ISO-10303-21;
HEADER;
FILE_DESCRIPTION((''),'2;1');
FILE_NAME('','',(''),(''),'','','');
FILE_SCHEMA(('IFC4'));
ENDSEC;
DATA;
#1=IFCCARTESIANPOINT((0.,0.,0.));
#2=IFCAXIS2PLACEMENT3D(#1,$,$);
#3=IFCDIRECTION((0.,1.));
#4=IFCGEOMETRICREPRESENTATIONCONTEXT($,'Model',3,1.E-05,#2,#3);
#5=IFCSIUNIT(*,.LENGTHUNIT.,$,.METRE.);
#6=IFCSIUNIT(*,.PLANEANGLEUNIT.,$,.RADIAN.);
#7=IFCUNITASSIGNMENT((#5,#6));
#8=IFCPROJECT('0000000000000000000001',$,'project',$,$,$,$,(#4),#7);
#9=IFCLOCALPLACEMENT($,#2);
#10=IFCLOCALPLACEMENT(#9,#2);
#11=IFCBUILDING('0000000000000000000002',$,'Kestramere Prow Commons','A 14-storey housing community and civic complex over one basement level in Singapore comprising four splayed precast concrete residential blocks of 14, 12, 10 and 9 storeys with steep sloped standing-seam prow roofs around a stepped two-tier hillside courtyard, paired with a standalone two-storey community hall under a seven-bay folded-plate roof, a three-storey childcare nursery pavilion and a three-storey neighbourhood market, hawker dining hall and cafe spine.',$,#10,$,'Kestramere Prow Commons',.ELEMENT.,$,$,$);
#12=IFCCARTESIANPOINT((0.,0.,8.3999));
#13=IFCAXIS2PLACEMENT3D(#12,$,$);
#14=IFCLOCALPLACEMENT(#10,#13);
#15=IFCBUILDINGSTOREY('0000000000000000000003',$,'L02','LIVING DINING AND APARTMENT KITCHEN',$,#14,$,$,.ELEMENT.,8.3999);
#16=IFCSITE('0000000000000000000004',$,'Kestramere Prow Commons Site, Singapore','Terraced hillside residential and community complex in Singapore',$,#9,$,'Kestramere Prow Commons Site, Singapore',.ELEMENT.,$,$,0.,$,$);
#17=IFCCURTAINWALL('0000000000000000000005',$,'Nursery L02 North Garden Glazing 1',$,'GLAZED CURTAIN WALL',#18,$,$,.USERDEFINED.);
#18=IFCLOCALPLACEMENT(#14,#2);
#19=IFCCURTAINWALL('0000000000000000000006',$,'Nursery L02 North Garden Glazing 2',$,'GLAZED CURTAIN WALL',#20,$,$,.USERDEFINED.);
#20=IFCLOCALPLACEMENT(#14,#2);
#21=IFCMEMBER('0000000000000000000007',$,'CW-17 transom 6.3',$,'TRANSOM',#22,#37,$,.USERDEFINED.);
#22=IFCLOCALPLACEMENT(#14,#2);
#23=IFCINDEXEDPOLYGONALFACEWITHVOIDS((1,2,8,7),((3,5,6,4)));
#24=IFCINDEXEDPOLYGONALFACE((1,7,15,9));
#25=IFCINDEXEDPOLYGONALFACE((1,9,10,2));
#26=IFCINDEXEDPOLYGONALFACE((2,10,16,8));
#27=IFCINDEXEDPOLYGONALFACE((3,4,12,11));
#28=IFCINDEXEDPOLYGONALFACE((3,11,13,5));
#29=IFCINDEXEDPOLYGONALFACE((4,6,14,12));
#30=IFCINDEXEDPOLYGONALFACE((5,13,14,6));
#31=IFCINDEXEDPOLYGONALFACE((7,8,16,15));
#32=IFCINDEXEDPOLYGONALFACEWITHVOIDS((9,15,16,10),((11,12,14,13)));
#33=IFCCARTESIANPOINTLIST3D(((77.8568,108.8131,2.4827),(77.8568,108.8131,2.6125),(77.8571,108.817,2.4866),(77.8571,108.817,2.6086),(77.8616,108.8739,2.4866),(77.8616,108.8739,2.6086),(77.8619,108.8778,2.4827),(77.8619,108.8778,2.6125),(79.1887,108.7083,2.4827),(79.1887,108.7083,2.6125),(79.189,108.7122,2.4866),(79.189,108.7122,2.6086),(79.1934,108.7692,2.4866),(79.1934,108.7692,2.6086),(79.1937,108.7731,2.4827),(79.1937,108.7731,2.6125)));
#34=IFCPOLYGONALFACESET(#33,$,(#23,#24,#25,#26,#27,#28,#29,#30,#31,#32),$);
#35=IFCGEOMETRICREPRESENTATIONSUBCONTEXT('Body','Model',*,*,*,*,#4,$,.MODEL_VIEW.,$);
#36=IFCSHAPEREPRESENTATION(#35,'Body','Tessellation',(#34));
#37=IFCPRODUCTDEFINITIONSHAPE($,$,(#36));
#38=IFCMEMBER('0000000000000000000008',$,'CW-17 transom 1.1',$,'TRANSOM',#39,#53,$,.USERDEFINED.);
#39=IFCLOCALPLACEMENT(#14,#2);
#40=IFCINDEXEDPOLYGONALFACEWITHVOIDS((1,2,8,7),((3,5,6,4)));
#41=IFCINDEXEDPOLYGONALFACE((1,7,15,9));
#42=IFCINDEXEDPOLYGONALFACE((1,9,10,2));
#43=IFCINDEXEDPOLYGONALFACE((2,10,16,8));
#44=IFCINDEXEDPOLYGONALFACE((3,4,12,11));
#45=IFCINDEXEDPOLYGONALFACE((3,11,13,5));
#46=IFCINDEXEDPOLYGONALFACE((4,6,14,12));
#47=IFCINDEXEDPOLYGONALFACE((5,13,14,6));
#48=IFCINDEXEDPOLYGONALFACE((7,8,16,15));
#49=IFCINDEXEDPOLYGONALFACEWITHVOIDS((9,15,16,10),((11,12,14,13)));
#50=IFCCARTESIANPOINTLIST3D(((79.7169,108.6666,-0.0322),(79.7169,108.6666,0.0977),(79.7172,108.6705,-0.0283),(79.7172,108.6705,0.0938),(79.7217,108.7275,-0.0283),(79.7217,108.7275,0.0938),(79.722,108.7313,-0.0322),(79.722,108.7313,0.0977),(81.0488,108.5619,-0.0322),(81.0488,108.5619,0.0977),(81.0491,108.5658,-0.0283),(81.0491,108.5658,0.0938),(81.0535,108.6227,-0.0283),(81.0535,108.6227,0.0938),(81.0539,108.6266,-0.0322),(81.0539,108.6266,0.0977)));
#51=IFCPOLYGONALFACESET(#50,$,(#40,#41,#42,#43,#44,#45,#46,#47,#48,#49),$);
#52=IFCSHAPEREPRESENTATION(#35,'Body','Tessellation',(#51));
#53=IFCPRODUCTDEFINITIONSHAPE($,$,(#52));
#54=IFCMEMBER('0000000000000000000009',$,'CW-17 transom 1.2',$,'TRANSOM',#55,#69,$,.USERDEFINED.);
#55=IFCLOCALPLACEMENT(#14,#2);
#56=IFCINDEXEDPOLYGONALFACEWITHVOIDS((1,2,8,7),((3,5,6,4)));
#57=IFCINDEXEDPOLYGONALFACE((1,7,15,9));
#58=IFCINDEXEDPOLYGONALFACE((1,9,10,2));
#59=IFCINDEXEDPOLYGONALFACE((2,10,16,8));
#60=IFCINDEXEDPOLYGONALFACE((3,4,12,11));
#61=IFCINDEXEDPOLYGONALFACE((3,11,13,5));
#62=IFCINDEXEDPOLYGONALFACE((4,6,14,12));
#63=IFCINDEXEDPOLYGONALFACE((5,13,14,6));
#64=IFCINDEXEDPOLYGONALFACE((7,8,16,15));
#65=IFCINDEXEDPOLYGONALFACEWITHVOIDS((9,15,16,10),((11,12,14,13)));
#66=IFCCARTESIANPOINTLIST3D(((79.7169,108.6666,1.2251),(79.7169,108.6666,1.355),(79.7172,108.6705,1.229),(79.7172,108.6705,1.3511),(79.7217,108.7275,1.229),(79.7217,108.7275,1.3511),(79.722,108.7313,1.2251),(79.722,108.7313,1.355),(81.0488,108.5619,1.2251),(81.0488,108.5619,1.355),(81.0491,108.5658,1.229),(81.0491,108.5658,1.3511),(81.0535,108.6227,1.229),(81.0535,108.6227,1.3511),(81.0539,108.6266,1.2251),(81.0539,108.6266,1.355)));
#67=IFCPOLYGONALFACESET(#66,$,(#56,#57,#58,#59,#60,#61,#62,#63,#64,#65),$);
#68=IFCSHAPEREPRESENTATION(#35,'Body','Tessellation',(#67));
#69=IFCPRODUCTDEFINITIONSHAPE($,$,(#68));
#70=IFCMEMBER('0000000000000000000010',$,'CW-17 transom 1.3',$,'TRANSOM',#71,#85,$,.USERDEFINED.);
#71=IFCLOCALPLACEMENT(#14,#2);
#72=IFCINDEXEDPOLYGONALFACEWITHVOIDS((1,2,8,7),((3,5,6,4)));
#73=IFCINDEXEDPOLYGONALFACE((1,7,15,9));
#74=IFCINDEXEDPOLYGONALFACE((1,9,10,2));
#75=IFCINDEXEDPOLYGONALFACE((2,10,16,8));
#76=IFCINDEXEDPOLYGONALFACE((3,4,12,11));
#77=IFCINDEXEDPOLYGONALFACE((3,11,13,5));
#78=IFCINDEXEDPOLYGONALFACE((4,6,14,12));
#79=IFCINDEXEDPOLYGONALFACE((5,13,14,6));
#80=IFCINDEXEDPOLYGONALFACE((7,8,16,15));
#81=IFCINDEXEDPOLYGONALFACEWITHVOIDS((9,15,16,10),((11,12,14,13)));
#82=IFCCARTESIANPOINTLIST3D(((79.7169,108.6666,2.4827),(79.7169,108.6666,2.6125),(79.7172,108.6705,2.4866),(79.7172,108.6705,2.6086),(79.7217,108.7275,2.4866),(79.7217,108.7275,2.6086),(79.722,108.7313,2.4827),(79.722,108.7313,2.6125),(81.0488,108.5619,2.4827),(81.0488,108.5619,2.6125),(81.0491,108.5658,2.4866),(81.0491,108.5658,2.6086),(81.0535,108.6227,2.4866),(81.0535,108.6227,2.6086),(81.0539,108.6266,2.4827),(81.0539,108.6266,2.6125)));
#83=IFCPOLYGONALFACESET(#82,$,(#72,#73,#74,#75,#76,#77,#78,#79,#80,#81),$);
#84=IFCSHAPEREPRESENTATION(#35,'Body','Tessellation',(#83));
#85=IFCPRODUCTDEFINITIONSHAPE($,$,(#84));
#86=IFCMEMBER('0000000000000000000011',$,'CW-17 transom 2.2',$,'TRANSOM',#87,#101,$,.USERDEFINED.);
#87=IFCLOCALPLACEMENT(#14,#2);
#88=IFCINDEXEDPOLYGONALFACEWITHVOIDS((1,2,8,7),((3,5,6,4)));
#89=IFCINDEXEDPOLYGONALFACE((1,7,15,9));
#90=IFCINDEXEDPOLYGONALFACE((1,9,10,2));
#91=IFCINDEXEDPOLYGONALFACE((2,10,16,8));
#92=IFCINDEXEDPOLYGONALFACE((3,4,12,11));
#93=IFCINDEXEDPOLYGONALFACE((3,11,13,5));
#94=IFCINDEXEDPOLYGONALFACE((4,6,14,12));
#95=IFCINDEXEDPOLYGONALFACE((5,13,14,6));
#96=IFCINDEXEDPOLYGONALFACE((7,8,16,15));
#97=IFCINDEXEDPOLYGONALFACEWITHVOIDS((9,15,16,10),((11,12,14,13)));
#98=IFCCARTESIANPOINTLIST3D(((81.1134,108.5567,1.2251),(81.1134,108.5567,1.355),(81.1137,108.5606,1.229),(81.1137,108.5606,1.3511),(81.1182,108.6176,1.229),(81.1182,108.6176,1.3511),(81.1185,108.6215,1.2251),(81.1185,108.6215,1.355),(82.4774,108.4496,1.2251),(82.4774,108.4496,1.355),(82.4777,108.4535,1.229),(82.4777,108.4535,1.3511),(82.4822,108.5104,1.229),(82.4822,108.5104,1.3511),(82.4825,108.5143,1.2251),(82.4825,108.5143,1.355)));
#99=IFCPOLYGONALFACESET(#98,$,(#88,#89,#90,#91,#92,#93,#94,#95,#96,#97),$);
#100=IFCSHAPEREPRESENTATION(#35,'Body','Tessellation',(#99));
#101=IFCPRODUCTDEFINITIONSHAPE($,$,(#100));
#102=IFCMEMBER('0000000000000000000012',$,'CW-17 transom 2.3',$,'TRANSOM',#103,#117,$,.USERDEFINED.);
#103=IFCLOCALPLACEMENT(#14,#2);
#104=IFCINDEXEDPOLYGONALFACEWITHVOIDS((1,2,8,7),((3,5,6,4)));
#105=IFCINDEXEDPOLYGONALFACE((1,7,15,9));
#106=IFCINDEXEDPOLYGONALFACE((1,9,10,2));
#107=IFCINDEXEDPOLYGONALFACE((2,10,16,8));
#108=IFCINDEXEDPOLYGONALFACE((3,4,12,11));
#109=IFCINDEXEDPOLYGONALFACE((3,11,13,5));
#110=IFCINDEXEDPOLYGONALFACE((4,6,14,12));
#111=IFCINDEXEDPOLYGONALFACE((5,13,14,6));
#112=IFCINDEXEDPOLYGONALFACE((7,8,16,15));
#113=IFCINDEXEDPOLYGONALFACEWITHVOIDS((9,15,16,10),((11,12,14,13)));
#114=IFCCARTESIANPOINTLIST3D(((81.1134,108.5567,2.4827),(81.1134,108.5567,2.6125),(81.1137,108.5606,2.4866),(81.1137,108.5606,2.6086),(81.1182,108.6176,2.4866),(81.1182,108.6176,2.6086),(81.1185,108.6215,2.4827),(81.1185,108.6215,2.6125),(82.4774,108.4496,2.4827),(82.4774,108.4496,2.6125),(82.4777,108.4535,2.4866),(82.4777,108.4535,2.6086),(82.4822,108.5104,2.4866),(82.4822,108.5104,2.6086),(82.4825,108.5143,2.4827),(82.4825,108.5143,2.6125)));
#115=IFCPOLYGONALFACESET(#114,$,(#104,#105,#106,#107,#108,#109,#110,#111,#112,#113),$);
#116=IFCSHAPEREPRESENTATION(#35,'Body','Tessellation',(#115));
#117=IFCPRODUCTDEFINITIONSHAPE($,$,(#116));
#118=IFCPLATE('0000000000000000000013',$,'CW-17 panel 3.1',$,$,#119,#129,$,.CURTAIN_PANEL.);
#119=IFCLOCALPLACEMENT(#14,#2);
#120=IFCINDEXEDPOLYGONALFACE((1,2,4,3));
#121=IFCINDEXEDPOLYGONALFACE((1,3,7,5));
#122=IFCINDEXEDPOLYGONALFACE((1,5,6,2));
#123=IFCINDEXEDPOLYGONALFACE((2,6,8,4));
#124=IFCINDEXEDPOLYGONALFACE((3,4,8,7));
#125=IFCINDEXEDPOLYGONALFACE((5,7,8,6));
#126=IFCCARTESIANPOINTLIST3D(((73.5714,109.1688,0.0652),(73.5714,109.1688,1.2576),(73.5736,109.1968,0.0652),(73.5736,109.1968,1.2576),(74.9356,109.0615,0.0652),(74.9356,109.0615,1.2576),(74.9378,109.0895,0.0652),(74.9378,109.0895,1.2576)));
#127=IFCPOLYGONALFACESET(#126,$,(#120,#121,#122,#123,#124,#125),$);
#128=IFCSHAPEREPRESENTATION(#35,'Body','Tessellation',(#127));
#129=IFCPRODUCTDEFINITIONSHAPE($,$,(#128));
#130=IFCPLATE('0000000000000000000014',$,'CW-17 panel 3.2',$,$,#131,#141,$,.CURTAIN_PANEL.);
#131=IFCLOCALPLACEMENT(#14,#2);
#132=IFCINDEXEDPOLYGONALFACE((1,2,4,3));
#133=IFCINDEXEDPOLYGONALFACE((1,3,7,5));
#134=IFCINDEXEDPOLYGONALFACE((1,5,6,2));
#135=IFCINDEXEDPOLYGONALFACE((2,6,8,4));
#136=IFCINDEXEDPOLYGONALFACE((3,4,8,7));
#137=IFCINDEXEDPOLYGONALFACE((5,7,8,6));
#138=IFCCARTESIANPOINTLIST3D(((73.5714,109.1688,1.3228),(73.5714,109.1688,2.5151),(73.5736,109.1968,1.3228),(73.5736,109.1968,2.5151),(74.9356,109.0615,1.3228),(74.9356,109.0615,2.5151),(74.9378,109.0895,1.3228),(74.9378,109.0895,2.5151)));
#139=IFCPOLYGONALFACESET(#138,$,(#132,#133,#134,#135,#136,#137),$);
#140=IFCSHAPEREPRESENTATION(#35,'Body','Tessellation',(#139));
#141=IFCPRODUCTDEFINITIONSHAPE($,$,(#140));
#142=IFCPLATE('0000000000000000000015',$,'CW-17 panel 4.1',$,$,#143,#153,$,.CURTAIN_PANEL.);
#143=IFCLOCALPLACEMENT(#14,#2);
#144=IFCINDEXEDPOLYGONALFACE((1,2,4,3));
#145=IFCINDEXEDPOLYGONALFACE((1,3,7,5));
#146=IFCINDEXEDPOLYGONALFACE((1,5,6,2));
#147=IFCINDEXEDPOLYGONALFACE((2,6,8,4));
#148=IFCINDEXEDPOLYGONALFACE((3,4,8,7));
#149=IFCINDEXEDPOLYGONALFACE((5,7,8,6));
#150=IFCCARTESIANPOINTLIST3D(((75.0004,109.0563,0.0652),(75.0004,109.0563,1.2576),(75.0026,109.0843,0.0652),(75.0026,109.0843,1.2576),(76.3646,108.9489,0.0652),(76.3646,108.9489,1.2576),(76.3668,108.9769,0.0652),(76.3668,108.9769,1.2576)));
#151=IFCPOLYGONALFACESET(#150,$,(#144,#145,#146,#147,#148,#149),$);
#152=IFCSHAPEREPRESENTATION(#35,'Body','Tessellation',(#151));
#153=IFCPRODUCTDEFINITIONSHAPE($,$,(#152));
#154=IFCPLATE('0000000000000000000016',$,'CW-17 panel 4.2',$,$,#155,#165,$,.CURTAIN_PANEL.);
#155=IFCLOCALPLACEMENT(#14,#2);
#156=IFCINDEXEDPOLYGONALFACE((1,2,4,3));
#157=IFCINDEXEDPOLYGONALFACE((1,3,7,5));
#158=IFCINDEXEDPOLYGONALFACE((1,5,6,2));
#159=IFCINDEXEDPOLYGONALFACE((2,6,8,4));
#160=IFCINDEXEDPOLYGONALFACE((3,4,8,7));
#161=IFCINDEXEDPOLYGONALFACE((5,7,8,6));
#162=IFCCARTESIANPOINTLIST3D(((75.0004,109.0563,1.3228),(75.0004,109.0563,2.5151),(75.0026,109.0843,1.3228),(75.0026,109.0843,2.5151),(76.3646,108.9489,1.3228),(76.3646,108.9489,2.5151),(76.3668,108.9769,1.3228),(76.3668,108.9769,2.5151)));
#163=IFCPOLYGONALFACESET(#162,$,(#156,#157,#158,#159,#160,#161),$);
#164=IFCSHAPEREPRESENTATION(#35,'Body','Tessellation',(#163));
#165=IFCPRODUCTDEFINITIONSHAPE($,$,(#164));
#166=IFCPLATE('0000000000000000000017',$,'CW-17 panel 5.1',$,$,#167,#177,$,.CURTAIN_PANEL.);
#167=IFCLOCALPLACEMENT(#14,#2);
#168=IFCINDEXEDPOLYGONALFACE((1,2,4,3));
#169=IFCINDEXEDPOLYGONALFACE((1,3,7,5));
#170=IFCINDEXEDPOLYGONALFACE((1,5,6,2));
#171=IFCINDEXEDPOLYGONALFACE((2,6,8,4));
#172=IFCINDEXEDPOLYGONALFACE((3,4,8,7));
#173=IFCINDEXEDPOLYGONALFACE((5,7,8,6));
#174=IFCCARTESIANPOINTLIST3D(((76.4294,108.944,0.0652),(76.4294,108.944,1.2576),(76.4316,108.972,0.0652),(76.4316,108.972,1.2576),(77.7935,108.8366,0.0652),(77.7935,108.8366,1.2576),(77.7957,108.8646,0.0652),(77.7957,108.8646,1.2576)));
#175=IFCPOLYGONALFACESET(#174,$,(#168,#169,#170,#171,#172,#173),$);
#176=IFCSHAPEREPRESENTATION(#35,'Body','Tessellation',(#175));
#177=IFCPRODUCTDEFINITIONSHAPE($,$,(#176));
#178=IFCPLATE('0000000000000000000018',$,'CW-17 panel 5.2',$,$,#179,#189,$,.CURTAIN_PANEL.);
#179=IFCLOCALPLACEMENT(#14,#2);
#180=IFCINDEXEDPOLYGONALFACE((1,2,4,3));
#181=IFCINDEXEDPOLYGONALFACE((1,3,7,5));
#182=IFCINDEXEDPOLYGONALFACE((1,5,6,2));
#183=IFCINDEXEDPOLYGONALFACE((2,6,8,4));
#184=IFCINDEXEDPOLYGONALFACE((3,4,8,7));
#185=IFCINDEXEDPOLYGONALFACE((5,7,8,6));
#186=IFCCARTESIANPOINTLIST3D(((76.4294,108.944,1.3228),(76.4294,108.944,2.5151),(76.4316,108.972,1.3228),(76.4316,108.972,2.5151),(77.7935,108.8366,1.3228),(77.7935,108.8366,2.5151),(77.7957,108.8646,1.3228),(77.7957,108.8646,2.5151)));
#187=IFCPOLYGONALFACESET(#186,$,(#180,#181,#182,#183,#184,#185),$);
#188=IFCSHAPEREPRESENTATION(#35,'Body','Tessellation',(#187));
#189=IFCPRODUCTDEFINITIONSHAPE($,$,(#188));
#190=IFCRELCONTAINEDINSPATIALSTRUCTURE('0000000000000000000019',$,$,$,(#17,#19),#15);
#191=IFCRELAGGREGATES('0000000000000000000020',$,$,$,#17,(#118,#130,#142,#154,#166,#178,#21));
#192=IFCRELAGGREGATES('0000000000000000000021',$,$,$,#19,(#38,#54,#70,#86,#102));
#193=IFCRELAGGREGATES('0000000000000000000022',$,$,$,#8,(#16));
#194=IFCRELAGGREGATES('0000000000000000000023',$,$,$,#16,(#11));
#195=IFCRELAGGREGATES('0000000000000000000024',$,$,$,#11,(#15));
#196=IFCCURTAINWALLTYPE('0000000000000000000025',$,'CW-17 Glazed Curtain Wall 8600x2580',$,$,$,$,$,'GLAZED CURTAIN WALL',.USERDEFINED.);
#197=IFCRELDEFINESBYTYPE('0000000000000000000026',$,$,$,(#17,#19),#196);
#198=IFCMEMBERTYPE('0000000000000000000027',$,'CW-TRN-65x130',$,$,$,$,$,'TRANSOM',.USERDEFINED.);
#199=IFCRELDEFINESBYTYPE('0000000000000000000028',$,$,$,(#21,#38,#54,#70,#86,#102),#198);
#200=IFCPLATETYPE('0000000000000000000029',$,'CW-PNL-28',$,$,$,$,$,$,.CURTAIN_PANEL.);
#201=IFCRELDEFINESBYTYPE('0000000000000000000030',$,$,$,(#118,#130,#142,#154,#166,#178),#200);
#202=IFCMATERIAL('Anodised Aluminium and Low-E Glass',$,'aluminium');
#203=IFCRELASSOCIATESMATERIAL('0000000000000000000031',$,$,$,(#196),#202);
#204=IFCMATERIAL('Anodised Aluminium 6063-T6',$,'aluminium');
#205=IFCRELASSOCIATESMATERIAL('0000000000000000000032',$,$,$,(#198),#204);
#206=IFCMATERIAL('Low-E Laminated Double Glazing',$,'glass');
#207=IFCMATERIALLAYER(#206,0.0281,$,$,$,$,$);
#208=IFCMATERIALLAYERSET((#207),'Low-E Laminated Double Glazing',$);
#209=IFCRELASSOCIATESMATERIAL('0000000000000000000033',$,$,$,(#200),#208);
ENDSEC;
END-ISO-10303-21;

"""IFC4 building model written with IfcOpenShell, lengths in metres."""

from ifc_helpers import new_model, si_unit, direction, frame, origin, origin_2d, place, context, subcontext, project, spatial, rectangle, hollow_rectangle, extrude, material, layer, layer_set, material_profile, profile_set, type_object, element, aggregate, save


model = new_model("IFC4")

# Units and contexts
model_context = context("Model", 3, precision=1e-05, world=origin(), true_north=direction((0.0, 1.0)))
body_context = subcontext(model_context, "Body", "Model", "MODEL_VIEW")
ifc_project = project(units=[si_unit("LENGTHUNIT", "METRE"), si_unit("PLANEANGLEUNIT", "RADIAN")], contexts=[model_context])

# Site, building, storey
site_placement = place(None, origin())
site = spatial("IfcSite", under=ifc_project, at=site_placement, Name="Kestramere Prow Commons Site, Singapore", Description="Terraced hillside residential and community complex in Singapore", LongName="Kestramere Prow Commons Site, Singapore", CompositionType="ELEMENT", RefElevation=0.0)
building_placement = place(site_placement, origin())
building = spatial("IfcBuilding", under=site, at=building_placement, Name="Kestramere Prow Commons", Description="A 14-storey housing community and civic complex over one basement level in Singapore comprising four splayed precast concrete residential blocks of 14, 12, 10 and 9 storeys with steep sloped standing-seam prow roofs around a stepped two-tier hillside courtyard, paired with a standalone two-storey community hall under a seven-bay folded-plate roof, a three-storey childcare nursery pavilion and a three-storey neighbourhood market, hawker dining hall and cafe spine.", LongName="Kestramere Prow Commons", CompositionType="ELEMENT")
storey_placement = place(building_placement, frame((0.0, 0.0, 8.3999)))
storey = spatial("IfcBuildingStorey", under=building, at=storey_placement, Name="L02", Description="LIVING DINING AND APARTMENT KITCHEN", CompositionType="ELEMENT", Elevation=8.3999)

# Curtain walls
ifc_material_1 = material(Name="Anodised Aluminium and Low-E Glass", Category="aluminium")
curtain_wall_type = type_object("IfcCurtainWallType", Name="CW-17 Glazed Curtain Wall 8600x2580", ElementType="GLAZED CURTAIN WALL", PredefinedType="USERDEFINED", material=ifc_material_1)
curtain_wall_1_placement = place(storey_placement, origin())
curtain_wall_1 = element("IfcCurtainWall", 1, at=curtain_wall_1_placement, inside=storey, type_object=curtain_wall_type, Name="Nursery L02 North Garden Glazing 1", ObjectType="GLAZED CURTAIN WALL", PredefinedType="USERDEFINED")
ifc_material_2 = material(Name="Anodised Aluminium 6063-T6", Category="aluminium")
curtain_wall_2_placement = place(storey_placement, origin())
curtain_wall_2 = element("IfcCurtainWall", 2, at=curtain_wall_2_placement, inside=storey, type_object=curtain_wall_type, Name="Nursery L02 North Garden Glazing 2", ObjectType="GLAZED CURTAIN WALL", PredefinedType="USERDEFINED")

# Members
ifc_material_profile_1 = material_profile(ifc_material_2, hollow_rectangle(XDim=0.0649, YDim=0.1299, WallThickness=0.0039, at=origin_2d()), Name="ALU-TRN 65x130")
ifc_profile_set_1 = profile_set([ifc_material_profile_1], Name="Anodised Aluminium 6063-T6")
member_type_1 = type_object("IfcMemberType", Name="CW-TRN-65x130", ElementType="TRANSOM", PredefinedType="USERDEFINED", material=ifc_profile_set_1)
member_1_placement = place(storey_placement, frame((77.8594, 108.8455, 2.5476), z_axis=(0.996922, -0.078401, 0.0), x_axis=(0.078401, 0.996922, 0.0)))
member_1 = element("IfcMember", 3, at=member_1_placement, type_object=member_type_1, Name="CW-17 transom 6.3", ObjectType="TRANSOM", PredefinedType="USERDEFINED", context=body_context, shape_type="SweptSolid", body=[
    extrude(hollow_rectangle(XDim=0.0649, YDim=0.1299, WallThickness=0.0039, at=origin_2d()), origin(), (0.0, 0.0, 1.0), 1.3359),
])
member_2_placement = place(storey_placement, frame((79.7195, 108.699, 0.0327), z_axis=(0.996922, -0.078401, 0.0), x_axis=(0.078401, 0.996922, 0.0)))
member_2 = element("IfcMember", 4, at=member_2_placement, type_object=member_type_1, Name="CW-17 transom 1.1", ObjectType="TRANSOM", PredefinedType="USERDEFINED", context=body_context, shape_type="SweptSolid", body=[
    extrude(hollow_rectangle(XDim=0.0649, YDim=0.1299, WallThickness=0.0039, at=origin_2d()), origin(), (0.0, 0.0, 1.0), 1.3359),
])
member_3_placement = place(storey_placement, frame((79.7195, 108.699, 1.29), z_axis=(0.996922, -0.078401, 0.0), x_axis=(0.078401, 0.996922, 0.0)))
member_3 = element("IfcMember", 5, at=member_3_placement, type_object=member_type_1, Name="CW-17 transom 1.2", ObjectType="TRANSOM", PredefinedType="USERDEFINED", context=body_context, shape_type="SweptSolid", body=[
    extrude(hollow_rectangle(XDim=0.0649, YDim=0.1299, WallThickness=0.0039, at=origin_2d()), origin(), (0.0, 0.0, 1.0), 1.3359),
])
member_4_placement = place(storey_placement, frame((79.7195, 108.699, 2.5476), z_axis=(0.996922, -0.078401, 0.0), x_axis=(0.078401, 0.996922, 0.0)))
member_4 = element("IfcMember", 6, at=member_4_placement, type_object=member_type_1, Name="CW-17 transom 1.3", ObjectType="TRANSOM", PredefinedType="USERDEFINED", context=body_context, shape_type="SweptSolid", body=[
    extrude(hollow_rectangle(XDim=0.0649, YDim=0.1299, WallThickness=0.0039, at=origin_2d()), origin(), (0.0, 0.0, 1.0), 1.3359),
])
member_5_placement = place(storey_placement, frame((81.116, 108.5891, 1.29), z_axis=(0.996927, -0.078334, 0.0), x_axis=(0.078334, 0.996927, 0.0)))
member_5 = element("IfcMember", 7, at=member_5_placement, type_object=member_type_1, Name="CW-17 transom 2.2", ObjectType="TRANSOM", PredefinedType="USERDEFINED", context=body_context, shape_type="SweptSolid", body=[
    extrude(hollow_rectangle(XDim=0.0649, YDim=0.1299, WallThickness=0.0039, at=origin_2d()), origin(), (0.0, 0.0, 1.0), 1.3682),
])
member_6_placement = place(storey_placement, frame((81.116, 108.5891, 2.5476), z_axis=(0.996927, -0.078334, 0.0), x_axis=(0.078334, 0.996927, 0.0)))
member_6 = element("IfcMember", 8, at=member_6_placement, type_object=member_type_1, Name="CW-17 transom 2.3", ObjectType="TRANSOM", PredefinedType="USERDEFINED", context=body_context, shape_type="SweptSolid", body=[
    extrude(hollow_rectangle(XDim=0.0649, YDim=0.1299, WallThickness=0.0039, at=origin_2d()), origin(), (0.0, 0.0, 1.0), 1.3682),
])

# Plates
ifc_material_3 = material(Name="Low-E Laminated Double Glazing", Category="glass")
ifc_layer = layer(ifc_material_3, 0.0281)
ifc_layer_set = layer_set([ifc_layer], Name="Low-E Laminated Double Glazing")
plate_type = type_object("IfcPlateType", Name="CW-PNL-28", PredefinedType="CURTAIN_PANEL", material=ifc_layer_set)
plate_1_placement = place(storey_placement, frame((74.2546, 109.1292, 0.0652), z_axis=(0.0, 0.0, 1.0), x_axis=(0.996917, -0.078459, 0.0)))
plate_1 = element("IfcPlate", 9, at=plate_1_placement, type_object=plate_type, Name="CW-17 panel 3.1", PredefinedType="CURTAIN_PANEL", context=body_context, shape_type="SweptSolid", body=[
    extrude(rectangle(XDim=1.3684, YDim=0.0281, at=origin_2d()), origin(), (0.0, 0.0, 1.0), 1.1924),
])
plate_2_placement = place(storey_placement, frame((74.2546, 109.1292, 1.3228), z_axis=(0.0, 0.0, 1.0), x_axis=(0.996917, -0.078459, 0.0)))
plate_2 = element("IfcPlate", 10, at=plate_2_placement, type_object=plate_type, Name="CW-17 panel 3.2", PredefinedType="CURTAIN_PANEL", context=body_context, shape_type="SweptSolid", body=[
    extrude(rectangle(XDim=1.3684, YDim=0.0281, at=origin_2d()), origin(), (0.0, 0.0, 1.0), 1.1924),
])
plate_3_placement = place(storey_placement, frame((75.6836, 109.0166, 0.0652), z_axis=(0.0, 0.0, 1.0), x_axis=(0.996917, -0.078459, 0.0)))
plate_3 = element("IfcPlate", 11, at=plate_3_placement, type_object=plate_type, Name="CW-17 panel 4.1", PredefinedType="CURTAIN_PANEL", context=body_context, shape_type="SweptSolid", body=[
    extrude(rectangle(XDim=1.3684, YDim=0.0281, at=origin_2d()), origin(), (0.0, 0.0, 1.0), 1.1924),
])
plate_4_placement = place(storey_placement, frame((75.6836, 109.0166, 1.3228), z_axis=(0.0, 0.0, 1.0), x_axis=(0.996917, -0.078459, 0.0)))
plate_4 = element("IfcPlate", 12, at=plate_4_placement, type_object=plate_type, Name="CW-17 panel 4.2", PredefinedType="CURTAIN_PANEL", context=body_context, shape_type="SweptSolid", body=[
    extrude(rectangle(XDim=1.3684, YDim=0.0281, at=origin_2d()), origin(), (0.0, 0.0, 1.0), 1.1924),
])
plate_5_placement = place(storey_placement, frame((77.1125, 108.9043, 0.0652), z_axis=(0.0, 0.0, 1.0), x_axis=(0.996917, -0.078459, 0.0)))
plate_5 = element("IfcPlate", 13, at=plate_5_placement, type_object=plate_type, Name="CW-17 panel 5.1", PredefinedType="CURTAIN_PANEL", context=body_context, shape_type="SweptSolid", body=[
    extrude(rectangle(XDim=1.3684, YDim=0.0281, at=origin_2d()), origin(), (0.0, 0.0, 1.0), 1.1924),
])
plate_6_placement = place(storey_placement, frame((77.1125, 108.9043, 1.3228), z_axis=(0.0, 0.0, 1.0), x_axis=(0.996917, -0.078459, 0.0)))
plate_6 = element("IfcPlate", 14, at=plate_6_placement, type_object=plate_type, Name="CW-17 panel 5.2", PredefinedType="CURTAIN_PANEL", context=body_context, shape_type="SweptSolid", body=[
    extrude(rectangle(XDim=1.3684, YDim=0.0281, at=origin_2d()), origin(), (0.0, 0.0, 1.0), 1.1924),
])
aggregate(curtain_wall_1, [plate_1, plate_2, plate_3, plate_4, plate_5, plate_6, member_1])
aggregate(curtain_wall_2, [member_2, member_3, member_4, member_5, member_6])

save(model, "model.ifc")
